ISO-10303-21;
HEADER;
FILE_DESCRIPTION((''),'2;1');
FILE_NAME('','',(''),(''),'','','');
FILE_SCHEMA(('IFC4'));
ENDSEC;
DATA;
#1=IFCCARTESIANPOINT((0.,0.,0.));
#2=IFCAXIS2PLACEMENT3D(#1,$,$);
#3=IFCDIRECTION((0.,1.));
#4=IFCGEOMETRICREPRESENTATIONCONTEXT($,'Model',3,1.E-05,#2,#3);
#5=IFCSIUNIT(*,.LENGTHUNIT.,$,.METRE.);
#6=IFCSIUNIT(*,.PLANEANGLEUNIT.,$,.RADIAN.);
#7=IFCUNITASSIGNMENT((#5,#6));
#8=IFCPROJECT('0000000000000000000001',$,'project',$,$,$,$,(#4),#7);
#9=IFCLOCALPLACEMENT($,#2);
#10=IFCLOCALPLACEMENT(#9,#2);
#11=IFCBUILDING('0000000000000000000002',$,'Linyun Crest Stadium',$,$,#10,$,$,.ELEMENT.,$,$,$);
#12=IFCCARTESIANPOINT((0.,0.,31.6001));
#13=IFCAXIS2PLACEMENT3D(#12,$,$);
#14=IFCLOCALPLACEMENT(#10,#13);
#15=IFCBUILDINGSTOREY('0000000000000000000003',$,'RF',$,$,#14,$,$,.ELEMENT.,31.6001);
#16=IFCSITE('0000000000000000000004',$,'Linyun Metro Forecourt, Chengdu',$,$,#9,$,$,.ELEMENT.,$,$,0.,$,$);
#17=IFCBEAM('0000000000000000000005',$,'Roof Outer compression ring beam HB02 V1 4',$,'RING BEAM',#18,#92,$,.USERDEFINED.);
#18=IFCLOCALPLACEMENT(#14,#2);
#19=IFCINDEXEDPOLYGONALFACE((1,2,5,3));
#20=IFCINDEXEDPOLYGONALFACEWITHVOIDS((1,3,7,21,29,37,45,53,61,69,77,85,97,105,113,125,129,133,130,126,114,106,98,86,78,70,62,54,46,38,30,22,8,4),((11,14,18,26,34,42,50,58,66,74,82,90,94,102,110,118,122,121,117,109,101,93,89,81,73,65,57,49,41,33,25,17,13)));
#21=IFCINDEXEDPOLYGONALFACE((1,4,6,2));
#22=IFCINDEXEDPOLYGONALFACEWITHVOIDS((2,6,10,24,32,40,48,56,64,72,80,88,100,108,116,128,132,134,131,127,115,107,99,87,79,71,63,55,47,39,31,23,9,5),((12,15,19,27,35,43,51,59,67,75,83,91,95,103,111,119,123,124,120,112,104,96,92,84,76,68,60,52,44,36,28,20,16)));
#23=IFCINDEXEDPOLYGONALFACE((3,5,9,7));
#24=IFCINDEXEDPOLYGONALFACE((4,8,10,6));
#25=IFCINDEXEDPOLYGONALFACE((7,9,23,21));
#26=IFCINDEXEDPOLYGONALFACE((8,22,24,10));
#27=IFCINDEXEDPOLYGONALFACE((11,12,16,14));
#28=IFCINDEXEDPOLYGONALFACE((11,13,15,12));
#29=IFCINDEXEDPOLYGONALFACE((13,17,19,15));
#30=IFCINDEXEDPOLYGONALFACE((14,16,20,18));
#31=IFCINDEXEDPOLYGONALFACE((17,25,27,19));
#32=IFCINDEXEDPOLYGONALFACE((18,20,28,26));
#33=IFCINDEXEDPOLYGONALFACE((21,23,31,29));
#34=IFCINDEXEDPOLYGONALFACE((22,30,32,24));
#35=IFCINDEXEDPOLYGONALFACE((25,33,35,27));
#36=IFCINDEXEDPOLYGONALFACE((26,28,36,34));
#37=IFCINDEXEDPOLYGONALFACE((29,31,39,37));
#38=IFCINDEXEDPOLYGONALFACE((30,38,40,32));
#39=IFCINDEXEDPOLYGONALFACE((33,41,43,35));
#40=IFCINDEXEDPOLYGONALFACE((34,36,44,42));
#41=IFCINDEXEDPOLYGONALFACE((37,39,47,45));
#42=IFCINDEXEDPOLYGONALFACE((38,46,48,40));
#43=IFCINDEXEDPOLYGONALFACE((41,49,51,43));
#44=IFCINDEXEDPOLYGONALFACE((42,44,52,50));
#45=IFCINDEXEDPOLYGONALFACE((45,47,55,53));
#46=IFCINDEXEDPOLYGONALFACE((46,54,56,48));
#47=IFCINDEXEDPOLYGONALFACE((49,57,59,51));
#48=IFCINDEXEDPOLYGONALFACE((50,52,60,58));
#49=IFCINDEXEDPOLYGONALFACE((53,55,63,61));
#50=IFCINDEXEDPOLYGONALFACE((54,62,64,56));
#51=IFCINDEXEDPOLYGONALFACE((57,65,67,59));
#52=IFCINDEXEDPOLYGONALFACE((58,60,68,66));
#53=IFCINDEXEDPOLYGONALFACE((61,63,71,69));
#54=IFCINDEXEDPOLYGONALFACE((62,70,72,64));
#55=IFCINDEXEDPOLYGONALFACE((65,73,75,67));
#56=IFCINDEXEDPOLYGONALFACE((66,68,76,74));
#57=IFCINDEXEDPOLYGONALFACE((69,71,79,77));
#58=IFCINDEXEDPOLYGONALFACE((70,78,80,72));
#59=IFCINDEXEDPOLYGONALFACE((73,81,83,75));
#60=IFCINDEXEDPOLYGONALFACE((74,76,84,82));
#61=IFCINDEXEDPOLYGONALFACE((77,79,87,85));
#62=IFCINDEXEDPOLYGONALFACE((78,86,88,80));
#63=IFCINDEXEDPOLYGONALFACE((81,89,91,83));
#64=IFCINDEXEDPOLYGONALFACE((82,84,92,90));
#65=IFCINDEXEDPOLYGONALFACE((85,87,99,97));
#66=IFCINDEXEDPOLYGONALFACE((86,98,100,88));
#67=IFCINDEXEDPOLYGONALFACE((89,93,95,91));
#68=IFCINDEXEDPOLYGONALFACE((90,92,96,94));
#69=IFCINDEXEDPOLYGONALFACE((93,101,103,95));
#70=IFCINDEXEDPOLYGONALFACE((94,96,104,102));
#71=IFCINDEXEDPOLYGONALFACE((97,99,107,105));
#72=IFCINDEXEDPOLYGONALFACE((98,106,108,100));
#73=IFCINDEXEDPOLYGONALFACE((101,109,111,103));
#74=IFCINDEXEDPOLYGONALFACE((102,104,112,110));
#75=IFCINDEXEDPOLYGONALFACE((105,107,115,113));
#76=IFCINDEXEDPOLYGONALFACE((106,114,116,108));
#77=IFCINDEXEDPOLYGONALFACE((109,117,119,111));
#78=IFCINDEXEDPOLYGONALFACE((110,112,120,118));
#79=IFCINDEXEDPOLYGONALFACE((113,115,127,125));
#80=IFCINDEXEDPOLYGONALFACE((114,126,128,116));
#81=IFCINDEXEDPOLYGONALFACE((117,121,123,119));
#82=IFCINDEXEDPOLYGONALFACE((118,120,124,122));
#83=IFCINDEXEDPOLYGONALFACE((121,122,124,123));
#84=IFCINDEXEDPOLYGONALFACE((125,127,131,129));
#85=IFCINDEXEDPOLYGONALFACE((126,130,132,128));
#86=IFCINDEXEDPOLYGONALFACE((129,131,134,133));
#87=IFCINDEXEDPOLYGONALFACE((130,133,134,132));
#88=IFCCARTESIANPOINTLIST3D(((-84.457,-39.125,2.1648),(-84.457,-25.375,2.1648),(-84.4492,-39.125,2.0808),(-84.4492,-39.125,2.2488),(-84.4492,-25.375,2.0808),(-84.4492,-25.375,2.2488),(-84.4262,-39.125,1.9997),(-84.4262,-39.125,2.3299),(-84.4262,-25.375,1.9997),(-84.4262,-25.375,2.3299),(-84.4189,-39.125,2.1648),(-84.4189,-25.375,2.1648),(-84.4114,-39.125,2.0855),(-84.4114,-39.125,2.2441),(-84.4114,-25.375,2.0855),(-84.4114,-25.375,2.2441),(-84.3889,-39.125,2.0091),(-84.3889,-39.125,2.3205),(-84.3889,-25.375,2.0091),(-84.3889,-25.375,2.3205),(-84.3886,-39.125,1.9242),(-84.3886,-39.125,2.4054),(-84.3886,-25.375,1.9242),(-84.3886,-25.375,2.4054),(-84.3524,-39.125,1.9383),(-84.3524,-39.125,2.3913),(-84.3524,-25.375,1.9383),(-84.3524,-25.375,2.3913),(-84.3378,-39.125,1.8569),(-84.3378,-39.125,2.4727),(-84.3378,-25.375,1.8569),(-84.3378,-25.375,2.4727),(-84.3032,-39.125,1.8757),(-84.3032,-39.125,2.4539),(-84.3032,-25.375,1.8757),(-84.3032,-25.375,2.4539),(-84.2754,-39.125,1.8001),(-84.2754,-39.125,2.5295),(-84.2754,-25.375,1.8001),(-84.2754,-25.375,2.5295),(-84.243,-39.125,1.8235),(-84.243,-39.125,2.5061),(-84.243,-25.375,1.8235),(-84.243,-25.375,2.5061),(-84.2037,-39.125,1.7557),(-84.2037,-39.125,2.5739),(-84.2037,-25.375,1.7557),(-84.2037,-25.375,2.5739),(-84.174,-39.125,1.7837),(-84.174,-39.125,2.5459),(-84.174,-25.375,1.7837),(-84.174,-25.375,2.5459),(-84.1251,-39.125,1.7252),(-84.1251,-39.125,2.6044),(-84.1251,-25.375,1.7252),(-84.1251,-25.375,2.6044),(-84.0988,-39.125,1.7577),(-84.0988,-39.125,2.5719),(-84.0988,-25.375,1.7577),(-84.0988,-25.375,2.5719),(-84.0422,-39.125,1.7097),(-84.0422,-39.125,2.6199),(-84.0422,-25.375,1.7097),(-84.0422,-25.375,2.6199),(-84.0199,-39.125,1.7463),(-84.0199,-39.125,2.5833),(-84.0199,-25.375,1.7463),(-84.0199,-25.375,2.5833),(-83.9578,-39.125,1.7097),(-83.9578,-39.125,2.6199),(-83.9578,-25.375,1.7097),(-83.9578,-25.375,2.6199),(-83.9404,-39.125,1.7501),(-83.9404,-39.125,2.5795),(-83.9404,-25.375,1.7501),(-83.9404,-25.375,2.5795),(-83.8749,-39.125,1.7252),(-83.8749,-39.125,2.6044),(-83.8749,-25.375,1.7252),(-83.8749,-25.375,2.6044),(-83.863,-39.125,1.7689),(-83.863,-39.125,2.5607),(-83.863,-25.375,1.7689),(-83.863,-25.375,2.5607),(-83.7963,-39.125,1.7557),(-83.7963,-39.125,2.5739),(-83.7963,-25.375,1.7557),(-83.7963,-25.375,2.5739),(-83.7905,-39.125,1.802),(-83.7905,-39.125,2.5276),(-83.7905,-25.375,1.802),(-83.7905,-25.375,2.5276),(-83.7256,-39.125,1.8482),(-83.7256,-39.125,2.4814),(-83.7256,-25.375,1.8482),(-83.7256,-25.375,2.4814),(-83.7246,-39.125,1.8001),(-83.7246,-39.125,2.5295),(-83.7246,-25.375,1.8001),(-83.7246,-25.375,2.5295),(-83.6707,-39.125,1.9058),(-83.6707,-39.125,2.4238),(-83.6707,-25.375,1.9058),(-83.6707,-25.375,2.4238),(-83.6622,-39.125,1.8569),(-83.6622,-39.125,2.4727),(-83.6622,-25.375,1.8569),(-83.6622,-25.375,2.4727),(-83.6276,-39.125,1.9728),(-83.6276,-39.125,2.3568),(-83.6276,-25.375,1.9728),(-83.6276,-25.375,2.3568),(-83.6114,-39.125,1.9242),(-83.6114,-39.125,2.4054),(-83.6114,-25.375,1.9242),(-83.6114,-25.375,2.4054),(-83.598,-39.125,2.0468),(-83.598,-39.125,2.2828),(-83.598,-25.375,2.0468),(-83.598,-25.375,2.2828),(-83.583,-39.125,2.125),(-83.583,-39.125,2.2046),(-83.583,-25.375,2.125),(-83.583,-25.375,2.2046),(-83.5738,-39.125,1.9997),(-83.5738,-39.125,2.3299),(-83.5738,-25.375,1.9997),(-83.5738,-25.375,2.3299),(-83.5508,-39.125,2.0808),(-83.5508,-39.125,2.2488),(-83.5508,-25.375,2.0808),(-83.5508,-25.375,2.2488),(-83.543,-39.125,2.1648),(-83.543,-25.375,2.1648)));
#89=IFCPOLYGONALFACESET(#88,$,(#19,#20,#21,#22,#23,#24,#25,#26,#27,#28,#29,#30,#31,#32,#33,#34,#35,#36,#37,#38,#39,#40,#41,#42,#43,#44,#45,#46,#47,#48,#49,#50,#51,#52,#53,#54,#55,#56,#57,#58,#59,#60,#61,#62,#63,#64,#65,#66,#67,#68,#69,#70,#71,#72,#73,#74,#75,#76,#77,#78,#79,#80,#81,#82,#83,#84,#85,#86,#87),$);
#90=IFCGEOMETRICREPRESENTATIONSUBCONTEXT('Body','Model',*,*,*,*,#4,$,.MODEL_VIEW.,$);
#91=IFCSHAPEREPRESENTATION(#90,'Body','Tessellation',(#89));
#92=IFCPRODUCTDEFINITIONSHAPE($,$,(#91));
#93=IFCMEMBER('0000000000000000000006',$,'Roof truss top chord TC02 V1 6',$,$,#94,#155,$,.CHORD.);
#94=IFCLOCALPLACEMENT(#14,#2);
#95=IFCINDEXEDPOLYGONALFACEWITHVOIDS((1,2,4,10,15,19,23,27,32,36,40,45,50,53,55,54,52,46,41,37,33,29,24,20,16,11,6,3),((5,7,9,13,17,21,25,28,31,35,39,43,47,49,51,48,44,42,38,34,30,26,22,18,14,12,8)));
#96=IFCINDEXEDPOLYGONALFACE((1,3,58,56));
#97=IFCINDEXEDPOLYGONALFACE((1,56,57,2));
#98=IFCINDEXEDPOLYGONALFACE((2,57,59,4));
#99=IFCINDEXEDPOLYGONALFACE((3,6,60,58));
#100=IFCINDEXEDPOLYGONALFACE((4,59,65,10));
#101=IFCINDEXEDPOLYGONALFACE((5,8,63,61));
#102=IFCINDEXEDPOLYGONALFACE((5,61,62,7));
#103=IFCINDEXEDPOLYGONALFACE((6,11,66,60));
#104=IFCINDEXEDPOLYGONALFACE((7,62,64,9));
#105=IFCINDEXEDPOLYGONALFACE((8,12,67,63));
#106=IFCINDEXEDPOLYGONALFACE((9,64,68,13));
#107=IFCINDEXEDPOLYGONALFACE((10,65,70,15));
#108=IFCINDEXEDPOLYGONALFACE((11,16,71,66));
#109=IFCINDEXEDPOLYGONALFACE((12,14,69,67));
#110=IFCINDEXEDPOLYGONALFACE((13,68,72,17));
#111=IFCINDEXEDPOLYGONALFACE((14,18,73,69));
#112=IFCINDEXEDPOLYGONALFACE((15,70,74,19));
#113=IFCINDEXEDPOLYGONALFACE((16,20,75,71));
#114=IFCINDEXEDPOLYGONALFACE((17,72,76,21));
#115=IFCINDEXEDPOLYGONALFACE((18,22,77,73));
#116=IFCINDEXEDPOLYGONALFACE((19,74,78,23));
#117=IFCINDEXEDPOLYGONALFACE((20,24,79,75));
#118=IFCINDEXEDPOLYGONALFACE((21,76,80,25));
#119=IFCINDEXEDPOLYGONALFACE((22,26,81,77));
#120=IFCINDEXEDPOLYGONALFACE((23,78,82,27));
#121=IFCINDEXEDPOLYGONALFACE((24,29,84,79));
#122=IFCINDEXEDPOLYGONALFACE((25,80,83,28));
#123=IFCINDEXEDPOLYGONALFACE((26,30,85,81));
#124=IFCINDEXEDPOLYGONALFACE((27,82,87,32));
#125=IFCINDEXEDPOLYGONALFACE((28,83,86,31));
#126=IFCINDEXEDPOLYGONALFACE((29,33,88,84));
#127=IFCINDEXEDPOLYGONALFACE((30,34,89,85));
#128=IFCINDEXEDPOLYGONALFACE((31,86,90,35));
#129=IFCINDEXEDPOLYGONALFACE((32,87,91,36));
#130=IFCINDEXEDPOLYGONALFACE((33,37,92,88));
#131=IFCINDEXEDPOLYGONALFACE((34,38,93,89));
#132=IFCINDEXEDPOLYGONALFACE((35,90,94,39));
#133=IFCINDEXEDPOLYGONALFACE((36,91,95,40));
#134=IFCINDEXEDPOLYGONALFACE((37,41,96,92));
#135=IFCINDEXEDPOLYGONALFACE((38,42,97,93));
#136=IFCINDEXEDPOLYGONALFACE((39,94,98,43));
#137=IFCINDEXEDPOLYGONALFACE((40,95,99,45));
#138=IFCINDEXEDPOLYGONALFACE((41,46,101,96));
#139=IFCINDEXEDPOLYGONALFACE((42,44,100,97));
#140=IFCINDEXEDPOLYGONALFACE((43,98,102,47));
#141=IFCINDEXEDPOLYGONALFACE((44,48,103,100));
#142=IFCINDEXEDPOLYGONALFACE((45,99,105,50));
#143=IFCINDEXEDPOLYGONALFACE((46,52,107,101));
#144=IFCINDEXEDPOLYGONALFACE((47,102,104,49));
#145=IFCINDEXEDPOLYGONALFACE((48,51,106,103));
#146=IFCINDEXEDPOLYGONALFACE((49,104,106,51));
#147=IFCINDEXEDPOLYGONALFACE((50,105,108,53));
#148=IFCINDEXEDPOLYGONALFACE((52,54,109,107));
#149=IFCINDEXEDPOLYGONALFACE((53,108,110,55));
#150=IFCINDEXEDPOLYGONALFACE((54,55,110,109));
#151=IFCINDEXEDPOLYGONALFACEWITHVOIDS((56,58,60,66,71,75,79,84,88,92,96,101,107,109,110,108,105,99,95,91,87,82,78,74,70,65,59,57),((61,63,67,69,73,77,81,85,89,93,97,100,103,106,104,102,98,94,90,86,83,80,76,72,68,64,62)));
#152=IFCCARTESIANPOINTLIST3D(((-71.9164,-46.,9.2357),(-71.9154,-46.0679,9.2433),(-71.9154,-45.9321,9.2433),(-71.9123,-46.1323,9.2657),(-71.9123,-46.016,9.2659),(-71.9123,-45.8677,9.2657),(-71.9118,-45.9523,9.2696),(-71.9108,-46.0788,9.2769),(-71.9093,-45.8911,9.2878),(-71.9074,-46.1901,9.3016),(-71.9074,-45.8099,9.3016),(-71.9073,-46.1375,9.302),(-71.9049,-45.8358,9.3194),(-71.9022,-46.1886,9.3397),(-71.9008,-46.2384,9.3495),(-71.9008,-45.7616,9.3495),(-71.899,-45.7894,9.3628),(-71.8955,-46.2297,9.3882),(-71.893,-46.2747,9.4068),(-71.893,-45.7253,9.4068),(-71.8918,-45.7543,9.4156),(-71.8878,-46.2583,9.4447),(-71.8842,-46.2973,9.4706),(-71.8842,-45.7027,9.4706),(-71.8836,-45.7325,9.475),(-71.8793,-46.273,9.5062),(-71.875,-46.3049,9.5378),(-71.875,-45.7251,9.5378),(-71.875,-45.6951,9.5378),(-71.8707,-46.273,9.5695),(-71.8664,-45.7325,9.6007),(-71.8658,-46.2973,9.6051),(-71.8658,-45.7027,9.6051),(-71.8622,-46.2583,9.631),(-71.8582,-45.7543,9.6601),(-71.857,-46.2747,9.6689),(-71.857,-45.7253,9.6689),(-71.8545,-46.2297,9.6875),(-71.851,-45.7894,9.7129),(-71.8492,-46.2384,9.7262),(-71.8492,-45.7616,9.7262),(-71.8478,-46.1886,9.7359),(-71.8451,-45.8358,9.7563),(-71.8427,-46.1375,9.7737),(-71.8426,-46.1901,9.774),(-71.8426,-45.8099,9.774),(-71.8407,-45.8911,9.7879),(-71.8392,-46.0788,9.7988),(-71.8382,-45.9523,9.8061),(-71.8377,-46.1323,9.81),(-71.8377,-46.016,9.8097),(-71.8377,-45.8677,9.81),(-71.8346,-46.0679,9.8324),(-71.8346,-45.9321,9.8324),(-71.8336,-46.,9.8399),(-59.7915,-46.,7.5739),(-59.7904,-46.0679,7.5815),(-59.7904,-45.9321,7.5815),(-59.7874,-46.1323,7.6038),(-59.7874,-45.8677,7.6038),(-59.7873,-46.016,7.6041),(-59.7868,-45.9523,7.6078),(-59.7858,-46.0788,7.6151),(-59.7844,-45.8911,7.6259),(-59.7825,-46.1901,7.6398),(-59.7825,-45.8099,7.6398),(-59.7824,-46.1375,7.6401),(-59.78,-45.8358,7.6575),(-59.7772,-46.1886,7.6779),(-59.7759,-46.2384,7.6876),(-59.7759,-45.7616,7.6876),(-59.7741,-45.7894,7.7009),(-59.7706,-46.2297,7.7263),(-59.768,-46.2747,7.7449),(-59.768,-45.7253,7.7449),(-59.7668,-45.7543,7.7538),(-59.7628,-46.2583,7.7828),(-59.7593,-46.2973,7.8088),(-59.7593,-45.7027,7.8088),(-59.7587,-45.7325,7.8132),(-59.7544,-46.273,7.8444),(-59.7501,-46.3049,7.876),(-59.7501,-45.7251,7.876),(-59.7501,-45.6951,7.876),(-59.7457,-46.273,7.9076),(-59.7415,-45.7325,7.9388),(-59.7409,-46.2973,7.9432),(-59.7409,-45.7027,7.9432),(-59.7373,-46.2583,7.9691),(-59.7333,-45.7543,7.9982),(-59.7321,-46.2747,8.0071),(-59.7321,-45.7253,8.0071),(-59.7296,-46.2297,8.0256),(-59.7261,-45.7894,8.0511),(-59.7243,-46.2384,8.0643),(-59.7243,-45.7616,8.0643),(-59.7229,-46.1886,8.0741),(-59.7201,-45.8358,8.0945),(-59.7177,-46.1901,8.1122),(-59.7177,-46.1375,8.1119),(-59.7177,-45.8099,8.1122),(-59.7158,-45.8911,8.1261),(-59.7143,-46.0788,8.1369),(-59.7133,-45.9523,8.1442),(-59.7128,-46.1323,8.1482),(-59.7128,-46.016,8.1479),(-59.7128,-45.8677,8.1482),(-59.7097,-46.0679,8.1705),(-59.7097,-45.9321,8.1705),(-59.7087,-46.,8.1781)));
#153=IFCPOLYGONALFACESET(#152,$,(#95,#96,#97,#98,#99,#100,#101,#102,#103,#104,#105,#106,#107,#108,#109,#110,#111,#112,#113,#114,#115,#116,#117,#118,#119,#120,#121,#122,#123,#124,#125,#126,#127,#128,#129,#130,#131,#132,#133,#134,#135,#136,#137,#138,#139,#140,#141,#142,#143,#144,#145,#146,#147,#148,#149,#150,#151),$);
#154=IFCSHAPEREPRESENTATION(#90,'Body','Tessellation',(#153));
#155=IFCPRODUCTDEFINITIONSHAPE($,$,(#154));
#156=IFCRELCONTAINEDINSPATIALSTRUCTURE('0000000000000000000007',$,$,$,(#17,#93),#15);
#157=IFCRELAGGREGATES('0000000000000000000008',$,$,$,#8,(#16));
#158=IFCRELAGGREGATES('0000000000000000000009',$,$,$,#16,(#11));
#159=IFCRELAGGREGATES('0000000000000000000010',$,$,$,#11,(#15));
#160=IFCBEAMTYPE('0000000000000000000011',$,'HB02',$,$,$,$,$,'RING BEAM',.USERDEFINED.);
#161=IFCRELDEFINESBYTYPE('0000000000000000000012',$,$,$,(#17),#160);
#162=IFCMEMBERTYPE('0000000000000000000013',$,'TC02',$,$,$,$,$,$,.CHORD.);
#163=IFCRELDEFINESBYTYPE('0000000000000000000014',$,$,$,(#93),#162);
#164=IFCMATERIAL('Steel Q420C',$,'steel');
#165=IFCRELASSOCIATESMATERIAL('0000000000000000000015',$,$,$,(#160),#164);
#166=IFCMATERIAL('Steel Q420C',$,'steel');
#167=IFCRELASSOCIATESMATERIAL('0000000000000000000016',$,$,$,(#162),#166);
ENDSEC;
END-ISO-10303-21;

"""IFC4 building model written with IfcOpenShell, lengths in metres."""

from ifc_helpers import new_model, si_unit, direction, frame, origin, origin_2d, place, context, subcontext, project, spatial, hollow_circle, extrude, material, material_profile, profile_set, type_object, element, save


model = new_model("IFC4")

# Units and contexts
model_context = context("Model", 3, precision=1e-05, world=origin(), true_north=direction((0.0, 1.0)))
body_context = subcontext(model_context, "Body", "Model", "MODEL_VIEW")
ifc_project = project(units=[si_unit("LENGTHUNIT", "METRE"), si_unit("PLANEANGLEUNIT", "RADIAN")], contexts=[model_context])

# Site, building, storey
site_placement = place(None, origin())
site = spatial("IfcSite", under=ifc_project, at=site_placement, Name="Linyun Metro Forecourt, Chengdu", CompositionType="ELEMENT", RefElevation=0.0)
building_placement = place(site_placement, origin())
building = spatial("IfcBuilding", under=site, at=building_placement, Name="Linyun Crest Stadium", CompositionType="ELEMENT")
storey_placement = place(building_placement, frame((0.0, 0.0, 31.6001)))
storey = spatial("IfcBuildingStorey", under=building, at=storey_placement, Name="RF", CompositionType="ELEMENT", Elevation=31.6001)

# Beam
ifc_material_1 = material(Name="Steel Q420C", Category="steel")
ifc_material_profile_1 = material_profile(ifc_material_1, hollow_circle(Radius=0.457, WallThickness=0.0381, at=origin_2d()), Name="CHS 914x38")
ifc_profile_set_1 = profile_set([ifc_material_profile_1], Name="Steel Q420C")
beam_type = type_object("IfcBeamType", Name="HB02", ElementType="RING BEAM", PredefinedType="USERDEFINED", material=ifc_profile_set_1)
beam_placement = place(storey_placement, frame((-84.0, -39.125, 2.1648), z_axis=(0.0, 1.0, 0.0), x_axis=(-1.0, 0.0, 0.0)))
element("IfcBeam", 1, at=beam_placement, inside=storey, type_object=beam_type, Name="Roof Outer compression ring beam HB02 V1 4", ObjectType="RING BEAM", PredefinedType="USERDEFINED", context=body_context, shape_type="SweptSolid", body=[
    extrude(hollow_circle(Radius=0.457, WallThickness=0.0381, at=origin_2d()), origin(), (0.0, 0.0, 1.0), 13.75),
])

# Member
ifc_material_2 = material(Name="Steel Q420C", Category="steel")
ifc_material_profile_2 = material_profile(ifc_material_2, hollow_circle(Radius=0.3049, WallThickness=0.03, at=origin_2d()), Name="CHS 610x30")
ifc_profile_set_2 = profile_set([ifc_material_profile_2], Name="Steel Q420C")
member_type_1 = type_object("IfcMemberType", Name="TC02", PredefinedType="CHORD", material=ifc_profile_set_2)
member_1_placement = place(storey_placement, frame((-71.875, -46.0, 9.5378), z_axis=(0.990737, 0.0, -0.135792), x_axis=(0.0, 1.0, 0.0)))
element("IfcMember", 2, at=member_1_placement, inside=storey, type_object=member_type_1, Name="Roof truss top chord TC02 V1 6", PredefinedType="CHORD", context=body_context, shape_type="SweptSolid", body=[
    extrude(hollow_circle(Radius=0.3049, WallThickness=0.03, at=origin_2d()), origin(), (0.0, 0.0, 1.0), 12.2383),
])

save(model, "model.ifc")
